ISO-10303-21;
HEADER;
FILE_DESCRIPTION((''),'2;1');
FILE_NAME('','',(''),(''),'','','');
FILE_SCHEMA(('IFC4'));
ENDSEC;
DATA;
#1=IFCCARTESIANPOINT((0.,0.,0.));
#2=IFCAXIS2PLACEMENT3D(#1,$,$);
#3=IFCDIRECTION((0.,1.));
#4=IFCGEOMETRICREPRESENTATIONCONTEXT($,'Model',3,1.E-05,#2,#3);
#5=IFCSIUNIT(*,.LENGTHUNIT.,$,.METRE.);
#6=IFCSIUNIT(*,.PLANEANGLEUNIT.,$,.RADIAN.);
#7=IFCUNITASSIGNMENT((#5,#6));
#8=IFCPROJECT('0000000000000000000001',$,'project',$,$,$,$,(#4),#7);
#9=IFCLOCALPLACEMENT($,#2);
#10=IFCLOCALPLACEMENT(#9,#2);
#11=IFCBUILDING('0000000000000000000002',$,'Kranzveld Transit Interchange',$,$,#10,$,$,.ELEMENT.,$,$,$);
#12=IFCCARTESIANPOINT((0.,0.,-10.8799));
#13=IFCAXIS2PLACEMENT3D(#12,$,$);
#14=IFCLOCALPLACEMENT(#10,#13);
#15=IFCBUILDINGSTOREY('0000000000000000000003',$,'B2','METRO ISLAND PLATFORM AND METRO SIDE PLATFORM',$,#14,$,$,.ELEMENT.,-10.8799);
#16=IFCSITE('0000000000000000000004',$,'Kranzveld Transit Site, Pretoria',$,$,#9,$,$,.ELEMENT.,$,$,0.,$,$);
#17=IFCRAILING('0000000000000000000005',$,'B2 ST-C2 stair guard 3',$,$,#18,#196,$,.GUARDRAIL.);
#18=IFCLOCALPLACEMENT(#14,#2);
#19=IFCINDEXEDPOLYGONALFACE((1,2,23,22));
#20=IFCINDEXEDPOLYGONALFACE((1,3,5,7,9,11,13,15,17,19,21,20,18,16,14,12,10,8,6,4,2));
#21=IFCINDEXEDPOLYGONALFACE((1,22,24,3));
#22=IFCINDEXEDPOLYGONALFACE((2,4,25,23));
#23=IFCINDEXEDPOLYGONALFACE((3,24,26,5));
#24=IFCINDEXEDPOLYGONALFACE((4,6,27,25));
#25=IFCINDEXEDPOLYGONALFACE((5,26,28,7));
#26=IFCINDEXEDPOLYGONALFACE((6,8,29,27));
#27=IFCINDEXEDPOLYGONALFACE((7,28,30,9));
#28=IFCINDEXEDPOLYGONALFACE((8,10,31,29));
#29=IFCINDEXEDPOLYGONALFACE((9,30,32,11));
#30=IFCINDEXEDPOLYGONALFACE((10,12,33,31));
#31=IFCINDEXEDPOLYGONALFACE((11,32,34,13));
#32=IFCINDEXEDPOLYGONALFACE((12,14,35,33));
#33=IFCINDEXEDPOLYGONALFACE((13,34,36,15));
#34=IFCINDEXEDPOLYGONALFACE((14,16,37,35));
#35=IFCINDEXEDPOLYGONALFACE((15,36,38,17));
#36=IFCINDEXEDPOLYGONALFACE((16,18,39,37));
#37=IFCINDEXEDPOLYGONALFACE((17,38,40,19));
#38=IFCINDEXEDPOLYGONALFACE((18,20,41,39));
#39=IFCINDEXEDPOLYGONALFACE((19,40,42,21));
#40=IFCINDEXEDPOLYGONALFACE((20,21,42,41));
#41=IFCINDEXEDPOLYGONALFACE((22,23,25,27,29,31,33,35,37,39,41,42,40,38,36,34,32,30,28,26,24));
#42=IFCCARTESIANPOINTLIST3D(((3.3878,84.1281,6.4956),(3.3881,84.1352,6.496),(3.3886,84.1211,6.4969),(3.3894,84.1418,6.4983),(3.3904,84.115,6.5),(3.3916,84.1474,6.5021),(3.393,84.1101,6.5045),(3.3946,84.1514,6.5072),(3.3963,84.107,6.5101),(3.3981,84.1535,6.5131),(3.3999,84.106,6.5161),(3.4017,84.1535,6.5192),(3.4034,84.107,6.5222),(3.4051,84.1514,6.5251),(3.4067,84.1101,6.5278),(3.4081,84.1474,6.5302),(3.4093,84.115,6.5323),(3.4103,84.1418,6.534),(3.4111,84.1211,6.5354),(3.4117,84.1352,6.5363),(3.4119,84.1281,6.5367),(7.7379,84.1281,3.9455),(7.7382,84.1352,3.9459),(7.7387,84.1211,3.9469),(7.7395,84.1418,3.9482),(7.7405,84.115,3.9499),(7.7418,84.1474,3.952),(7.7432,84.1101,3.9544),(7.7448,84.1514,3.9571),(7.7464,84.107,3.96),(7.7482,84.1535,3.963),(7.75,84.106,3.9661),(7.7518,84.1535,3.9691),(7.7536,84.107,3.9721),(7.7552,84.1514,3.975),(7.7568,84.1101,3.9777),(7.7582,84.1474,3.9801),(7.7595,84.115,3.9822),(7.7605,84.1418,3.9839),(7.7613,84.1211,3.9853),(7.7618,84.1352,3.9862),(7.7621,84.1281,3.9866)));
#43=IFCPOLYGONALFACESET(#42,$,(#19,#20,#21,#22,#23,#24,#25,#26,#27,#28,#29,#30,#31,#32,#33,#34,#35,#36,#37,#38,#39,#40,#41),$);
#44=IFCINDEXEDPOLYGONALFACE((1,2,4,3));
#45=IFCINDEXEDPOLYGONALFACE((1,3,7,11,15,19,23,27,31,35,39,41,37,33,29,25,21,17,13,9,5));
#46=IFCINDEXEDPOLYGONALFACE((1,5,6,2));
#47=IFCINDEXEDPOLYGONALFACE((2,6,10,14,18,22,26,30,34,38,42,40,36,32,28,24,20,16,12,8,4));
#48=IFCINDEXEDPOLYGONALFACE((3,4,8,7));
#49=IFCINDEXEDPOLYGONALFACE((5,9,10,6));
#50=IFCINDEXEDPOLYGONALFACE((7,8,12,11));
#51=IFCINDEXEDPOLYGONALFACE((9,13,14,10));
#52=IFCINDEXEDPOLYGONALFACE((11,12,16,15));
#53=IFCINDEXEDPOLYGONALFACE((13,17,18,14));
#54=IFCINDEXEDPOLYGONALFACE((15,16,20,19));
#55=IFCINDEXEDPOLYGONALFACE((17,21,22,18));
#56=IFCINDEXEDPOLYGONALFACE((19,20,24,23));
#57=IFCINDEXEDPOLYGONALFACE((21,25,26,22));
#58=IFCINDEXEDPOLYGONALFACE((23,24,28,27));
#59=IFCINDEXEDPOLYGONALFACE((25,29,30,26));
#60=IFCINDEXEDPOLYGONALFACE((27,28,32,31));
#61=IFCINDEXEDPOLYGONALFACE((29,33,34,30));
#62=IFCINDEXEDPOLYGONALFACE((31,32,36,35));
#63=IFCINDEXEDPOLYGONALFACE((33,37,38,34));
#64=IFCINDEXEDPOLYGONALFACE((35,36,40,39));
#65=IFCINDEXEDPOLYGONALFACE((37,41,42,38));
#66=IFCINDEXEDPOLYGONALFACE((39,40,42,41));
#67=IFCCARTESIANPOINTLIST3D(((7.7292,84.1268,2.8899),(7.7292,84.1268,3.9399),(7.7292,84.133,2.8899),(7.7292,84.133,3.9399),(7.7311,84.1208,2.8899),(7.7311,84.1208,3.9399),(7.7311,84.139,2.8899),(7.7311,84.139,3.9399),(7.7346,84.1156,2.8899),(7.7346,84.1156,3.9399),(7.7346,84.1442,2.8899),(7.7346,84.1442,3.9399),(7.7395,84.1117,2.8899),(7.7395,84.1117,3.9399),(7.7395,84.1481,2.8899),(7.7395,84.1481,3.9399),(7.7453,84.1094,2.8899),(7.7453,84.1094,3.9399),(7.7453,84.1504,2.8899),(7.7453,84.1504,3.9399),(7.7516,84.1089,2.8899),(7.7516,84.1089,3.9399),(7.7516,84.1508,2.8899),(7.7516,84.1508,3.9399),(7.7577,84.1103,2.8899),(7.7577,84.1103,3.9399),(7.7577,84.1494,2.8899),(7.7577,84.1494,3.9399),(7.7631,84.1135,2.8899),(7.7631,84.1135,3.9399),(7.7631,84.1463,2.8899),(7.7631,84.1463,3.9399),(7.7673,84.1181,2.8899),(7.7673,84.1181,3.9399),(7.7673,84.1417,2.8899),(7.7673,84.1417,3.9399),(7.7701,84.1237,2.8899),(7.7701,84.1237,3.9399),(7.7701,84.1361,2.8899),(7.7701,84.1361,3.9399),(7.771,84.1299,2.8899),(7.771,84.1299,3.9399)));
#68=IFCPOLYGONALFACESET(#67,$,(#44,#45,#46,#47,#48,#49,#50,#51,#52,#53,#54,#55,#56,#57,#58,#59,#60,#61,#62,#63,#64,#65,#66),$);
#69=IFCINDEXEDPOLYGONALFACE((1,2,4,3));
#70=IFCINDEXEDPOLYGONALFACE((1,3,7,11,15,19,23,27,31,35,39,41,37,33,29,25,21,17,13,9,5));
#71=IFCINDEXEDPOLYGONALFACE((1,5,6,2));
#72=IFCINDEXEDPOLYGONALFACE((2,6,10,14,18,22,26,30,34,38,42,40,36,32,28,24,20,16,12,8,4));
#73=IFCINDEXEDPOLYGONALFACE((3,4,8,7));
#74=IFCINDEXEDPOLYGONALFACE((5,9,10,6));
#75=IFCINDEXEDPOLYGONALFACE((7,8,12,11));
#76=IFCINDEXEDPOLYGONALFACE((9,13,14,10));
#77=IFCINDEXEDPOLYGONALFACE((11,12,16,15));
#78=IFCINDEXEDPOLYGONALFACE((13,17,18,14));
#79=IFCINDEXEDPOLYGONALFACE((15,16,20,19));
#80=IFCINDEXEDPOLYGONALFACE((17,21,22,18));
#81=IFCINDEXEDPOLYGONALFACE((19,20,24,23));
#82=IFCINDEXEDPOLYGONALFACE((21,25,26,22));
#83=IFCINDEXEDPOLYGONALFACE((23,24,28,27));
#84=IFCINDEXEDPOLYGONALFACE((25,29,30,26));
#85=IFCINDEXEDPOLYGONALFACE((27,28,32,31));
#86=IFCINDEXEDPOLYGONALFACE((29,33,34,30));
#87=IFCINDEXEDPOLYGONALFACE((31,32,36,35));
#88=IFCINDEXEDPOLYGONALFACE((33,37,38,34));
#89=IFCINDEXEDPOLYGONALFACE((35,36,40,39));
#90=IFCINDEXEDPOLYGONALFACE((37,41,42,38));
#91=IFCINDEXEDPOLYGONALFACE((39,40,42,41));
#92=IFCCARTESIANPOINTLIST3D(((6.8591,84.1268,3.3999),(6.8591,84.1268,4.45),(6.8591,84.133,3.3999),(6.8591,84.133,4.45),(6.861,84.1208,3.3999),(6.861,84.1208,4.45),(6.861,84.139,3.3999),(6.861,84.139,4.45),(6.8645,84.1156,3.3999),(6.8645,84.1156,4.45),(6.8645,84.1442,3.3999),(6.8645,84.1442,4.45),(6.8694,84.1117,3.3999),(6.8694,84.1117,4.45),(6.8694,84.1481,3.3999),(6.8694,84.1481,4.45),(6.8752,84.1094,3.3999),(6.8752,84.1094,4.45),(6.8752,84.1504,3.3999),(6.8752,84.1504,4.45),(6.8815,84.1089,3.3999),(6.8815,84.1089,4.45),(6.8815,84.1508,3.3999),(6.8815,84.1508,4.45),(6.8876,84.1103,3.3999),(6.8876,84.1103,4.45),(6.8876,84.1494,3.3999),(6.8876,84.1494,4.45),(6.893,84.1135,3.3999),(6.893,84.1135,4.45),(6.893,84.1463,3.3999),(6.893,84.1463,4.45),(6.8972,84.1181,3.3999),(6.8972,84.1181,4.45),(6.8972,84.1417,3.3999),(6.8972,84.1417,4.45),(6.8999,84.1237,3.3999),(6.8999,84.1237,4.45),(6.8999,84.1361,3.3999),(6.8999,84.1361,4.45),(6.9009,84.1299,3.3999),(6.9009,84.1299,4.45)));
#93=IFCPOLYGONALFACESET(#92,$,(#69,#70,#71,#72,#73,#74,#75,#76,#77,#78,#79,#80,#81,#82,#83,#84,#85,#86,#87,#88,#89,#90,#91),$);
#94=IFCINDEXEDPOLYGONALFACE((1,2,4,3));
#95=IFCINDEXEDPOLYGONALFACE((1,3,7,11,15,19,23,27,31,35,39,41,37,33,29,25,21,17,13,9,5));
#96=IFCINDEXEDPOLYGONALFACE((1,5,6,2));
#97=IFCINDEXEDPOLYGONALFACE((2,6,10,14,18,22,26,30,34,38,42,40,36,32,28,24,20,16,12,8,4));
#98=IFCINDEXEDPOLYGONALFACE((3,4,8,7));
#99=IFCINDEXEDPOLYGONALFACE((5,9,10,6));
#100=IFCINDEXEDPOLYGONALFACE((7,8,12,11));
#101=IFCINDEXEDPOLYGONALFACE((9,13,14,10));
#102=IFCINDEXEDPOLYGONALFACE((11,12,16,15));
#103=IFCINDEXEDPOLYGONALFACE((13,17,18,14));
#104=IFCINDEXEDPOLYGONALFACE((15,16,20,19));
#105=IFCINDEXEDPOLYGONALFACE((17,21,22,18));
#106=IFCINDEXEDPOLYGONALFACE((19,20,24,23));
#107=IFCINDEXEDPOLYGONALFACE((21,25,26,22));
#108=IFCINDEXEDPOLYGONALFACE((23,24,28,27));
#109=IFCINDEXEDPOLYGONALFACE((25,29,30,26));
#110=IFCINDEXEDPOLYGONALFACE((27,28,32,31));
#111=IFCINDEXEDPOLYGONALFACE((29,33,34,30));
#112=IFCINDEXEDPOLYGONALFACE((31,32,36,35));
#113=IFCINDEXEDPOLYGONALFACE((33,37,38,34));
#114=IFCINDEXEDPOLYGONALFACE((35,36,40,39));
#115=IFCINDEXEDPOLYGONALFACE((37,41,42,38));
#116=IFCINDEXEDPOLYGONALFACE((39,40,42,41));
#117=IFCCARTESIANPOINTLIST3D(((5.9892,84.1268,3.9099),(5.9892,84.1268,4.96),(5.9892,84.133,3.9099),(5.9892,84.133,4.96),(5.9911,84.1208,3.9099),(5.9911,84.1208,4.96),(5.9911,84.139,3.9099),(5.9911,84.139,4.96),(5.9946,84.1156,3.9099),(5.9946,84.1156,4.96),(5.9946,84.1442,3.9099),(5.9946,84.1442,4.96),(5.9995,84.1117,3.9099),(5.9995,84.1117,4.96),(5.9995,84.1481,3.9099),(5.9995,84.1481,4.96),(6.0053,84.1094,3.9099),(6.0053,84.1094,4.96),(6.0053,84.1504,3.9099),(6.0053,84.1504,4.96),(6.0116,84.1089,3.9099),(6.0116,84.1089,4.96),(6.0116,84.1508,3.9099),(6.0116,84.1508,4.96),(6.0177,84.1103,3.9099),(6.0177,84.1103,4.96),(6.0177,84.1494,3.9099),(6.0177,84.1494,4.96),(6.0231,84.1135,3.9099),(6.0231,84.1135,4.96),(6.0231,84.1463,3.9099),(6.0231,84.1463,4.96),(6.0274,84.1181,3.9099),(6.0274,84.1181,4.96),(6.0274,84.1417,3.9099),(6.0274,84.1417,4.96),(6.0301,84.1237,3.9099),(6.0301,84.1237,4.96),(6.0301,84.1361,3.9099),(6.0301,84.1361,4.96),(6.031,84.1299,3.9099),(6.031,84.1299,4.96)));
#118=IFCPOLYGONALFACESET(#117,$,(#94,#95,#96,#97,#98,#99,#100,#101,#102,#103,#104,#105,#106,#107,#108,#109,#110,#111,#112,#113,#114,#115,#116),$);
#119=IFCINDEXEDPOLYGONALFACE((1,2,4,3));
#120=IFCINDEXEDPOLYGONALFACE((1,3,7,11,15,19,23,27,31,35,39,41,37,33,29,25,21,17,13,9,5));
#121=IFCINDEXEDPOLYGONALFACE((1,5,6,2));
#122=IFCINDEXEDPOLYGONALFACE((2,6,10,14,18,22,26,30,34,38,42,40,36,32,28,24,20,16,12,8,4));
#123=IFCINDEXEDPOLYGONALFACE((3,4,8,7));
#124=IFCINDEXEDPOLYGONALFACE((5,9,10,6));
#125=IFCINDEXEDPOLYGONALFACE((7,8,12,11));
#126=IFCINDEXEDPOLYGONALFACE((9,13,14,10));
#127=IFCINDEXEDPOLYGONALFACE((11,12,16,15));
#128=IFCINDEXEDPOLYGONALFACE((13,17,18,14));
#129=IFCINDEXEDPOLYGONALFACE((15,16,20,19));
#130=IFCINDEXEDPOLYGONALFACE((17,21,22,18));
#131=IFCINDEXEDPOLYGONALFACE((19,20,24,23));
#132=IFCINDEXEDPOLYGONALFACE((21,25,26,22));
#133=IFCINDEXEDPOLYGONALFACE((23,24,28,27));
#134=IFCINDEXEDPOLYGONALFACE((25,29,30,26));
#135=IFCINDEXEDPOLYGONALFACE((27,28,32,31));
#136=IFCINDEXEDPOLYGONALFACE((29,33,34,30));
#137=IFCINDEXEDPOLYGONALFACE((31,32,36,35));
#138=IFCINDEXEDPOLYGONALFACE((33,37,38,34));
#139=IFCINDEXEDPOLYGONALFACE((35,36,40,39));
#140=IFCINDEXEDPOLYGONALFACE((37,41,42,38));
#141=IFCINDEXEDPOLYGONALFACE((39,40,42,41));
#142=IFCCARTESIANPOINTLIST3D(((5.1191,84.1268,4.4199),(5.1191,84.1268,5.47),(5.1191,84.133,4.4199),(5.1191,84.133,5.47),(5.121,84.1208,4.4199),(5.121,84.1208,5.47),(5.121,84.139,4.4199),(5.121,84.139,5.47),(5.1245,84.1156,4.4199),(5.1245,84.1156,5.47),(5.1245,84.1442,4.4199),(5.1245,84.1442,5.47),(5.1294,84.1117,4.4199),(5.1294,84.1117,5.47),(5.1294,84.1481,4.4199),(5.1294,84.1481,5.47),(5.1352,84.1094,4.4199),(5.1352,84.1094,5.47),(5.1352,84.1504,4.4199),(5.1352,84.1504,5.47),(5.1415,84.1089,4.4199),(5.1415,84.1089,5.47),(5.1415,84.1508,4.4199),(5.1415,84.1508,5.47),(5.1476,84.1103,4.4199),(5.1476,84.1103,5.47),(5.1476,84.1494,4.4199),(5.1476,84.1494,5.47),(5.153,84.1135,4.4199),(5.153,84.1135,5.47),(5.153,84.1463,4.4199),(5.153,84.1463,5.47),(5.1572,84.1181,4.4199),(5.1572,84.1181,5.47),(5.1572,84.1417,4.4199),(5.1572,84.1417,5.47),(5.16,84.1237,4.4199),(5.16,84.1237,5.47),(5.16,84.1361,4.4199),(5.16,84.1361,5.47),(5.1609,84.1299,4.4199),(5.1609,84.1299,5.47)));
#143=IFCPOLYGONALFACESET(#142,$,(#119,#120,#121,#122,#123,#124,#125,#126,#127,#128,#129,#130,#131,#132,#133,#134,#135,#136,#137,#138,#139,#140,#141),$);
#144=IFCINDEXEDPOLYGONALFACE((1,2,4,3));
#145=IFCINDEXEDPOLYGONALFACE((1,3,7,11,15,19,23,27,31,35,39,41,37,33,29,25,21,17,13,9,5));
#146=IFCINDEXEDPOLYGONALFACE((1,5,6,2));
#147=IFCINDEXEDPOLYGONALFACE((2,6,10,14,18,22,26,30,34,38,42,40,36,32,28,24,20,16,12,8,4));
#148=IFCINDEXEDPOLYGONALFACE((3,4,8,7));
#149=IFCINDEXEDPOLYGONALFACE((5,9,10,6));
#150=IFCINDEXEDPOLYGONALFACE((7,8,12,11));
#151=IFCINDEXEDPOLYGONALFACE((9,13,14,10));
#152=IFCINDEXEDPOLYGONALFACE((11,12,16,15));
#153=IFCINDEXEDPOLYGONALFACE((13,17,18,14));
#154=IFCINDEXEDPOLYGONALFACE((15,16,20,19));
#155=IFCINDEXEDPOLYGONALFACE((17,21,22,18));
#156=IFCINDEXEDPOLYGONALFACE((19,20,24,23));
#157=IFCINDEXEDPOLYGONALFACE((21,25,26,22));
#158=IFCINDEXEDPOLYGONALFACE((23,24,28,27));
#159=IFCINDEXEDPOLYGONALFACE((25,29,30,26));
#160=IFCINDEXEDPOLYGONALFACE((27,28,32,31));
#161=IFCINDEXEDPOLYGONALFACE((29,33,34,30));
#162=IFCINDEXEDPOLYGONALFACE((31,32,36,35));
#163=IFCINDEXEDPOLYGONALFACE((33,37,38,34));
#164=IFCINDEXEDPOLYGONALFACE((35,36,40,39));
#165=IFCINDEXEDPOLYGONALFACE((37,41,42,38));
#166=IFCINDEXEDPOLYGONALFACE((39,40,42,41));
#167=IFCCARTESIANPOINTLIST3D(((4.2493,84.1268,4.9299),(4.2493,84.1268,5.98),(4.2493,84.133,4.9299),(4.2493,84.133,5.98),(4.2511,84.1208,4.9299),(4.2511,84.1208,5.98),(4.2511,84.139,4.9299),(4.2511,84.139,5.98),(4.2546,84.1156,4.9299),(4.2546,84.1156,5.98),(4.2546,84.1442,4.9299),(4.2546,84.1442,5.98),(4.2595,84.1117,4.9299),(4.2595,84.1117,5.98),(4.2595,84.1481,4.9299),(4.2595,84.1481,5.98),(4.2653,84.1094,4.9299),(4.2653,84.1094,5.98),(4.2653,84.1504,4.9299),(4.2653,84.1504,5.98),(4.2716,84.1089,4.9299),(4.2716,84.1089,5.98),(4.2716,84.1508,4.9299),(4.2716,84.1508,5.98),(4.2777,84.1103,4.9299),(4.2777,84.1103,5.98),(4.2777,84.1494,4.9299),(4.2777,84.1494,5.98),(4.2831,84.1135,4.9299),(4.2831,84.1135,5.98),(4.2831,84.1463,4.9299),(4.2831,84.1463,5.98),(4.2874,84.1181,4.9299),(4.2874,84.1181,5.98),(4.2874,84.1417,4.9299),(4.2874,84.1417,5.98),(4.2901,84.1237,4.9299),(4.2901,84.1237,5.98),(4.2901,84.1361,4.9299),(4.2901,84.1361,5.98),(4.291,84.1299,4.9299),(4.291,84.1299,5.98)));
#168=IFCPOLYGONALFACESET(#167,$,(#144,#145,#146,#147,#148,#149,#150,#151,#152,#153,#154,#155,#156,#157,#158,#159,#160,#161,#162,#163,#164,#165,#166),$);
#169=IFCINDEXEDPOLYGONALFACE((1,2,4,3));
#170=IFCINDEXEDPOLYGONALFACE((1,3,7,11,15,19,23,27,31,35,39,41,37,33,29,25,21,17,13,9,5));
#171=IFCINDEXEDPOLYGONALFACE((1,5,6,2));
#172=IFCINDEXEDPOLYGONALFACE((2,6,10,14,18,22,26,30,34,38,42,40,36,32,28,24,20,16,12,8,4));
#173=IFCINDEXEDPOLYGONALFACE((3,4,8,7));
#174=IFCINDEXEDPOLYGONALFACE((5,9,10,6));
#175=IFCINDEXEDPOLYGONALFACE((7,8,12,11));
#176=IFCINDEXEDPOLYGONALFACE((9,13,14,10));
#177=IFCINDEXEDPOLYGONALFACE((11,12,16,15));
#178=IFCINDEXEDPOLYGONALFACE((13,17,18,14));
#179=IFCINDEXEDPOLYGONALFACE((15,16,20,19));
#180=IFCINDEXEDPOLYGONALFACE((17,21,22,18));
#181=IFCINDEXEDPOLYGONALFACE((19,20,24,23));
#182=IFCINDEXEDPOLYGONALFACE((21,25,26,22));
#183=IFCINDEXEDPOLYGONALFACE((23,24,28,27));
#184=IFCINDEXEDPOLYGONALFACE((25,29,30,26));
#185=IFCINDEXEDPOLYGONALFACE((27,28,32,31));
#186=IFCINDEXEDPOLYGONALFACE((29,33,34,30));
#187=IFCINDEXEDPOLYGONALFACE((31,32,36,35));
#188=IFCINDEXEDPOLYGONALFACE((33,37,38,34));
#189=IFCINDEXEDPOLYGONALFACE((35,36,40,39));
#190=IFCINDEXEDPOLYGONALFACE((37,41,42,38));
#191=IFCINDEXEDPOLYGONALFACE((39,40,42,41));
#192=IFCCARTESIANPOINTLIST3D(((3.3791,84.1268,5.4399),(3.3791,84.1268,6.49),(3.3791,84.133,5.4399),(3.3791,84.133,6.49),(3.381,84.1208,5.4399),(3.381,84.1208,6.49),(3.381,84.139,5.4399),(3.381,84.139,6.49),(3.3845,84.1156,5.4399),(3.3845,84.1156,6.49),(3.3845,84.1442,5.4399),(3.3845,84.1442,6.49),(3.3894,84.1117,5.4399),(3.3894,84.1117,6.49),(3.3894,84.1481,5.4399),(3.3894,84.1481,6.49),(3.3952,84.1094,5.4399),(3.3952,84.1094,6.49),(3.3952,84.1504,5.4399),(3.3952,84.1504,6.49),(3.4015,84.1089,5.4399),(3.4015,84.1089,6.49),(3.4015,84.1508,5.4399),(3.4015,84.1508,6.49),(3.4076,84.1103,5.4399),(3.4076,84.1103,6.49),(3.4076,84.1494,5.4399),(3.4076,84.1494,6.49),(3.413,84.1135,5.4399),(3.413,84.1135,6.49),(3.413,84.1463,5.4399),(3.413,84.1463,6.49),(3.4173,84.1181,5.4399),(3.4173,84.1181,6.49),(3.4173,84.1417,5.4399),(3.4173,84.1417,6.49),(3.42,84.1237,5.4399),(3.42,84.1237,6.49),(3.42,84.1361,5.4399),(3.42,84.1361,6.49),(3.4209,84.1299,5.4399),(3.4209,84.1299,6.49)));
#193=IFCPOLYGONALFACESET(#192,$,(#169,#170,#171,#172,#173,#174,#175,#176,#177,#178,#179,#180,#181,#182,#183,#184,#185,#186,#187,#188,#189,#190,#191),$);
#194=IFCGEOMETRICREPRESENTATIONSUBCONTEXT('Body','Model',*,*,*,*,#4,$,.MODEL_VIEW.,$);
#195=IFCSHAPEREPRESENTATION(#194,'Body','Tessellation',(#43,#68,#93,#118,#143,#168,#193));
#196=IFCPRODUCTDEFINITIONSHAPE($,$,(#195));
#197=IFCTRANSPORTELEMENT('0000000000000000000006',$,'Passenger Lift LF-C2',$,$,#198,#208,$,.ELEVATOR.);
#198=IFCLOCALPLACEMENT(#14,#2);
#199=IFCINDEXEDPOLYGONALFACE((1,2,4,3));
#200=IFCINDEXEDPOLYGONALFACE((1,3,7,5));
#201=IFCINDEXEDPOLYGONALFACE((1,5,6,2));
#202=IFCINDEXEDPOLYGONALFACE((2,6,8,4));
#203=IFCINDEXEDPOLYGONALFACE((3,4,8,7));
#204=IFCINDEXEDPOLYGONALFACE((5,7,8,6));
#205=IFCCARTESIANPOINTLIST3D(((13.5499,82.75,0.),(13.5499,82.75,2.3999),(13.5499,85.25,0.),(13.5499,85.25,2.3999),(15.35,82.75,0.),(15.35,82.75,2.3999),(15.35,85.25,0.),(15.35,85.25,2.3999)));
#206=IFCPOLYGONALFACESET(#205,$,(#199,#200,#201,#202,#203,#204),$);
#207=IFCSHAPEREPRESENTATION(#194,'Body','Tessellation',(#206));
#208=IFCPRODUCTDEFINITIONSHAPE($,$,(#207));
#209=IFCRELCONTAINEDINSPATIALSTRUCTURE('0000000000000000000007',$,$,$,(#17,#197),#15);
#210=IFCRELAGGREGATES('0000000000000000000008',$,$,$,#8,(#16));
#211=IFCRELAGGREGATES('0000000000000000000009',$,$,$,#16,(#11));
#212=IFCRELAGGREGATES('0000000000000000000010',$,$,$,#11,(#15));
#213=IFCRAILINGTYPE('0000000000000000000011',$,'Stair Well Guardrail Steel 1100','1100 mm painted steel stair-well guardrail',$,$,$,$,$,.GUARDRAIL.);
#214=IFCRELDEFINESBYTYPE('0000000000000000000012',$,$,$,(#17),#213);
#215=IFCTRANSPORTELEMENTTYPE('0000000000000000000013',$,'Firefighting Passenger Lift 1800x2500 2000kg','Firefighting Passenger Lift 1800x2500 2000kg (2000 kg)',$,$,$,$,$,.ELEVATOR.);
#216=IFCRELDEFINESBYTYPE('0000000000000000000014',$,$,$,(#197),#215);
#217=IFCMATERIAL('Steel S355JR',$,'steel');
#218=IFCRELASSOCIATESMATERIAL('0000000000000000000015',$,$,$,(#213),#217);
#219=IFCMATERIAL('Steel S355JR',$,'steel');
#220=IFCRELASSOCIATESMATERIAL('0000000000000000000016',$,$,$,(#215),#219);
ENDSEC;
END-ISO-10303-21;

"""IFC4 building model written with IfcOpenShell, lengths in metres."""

from ifc_helpers import new_model, si_unit, direction, frame, origin, origin_2d, place, context, subcontext, project, spatial, rectangle, circle, extrude, material, type_object, element, save


model = new_model("IFC4")

# Units and contexts
model_context = context("Model", 3, precision=1e-05, world=origin(), true_north=direction((0.0, 1.0)))
body_context = subcontext(model_context, "Body", "Model", "MODEL_VIEW")
ifc_project = project(units=[si_unit("LENGTHUNIT", "METRE"), si_unit("PLANEANGLEUNIT", "RADIAN")], contexts=[model_context])

# Site, building, storey
site_placement = place(None, origin())
site = spatial("IfcSite", under=ifc_project, at=site_placement, Name="Kranzveld Transit Site, Pretoria", CompositionType="ELEMENT", RefElevation=0.0)
building_placement = place(site_placement, origin())
building = spatial("IfcBuilding", under=site, at=building_placement, Name="Kranzveld Transit Interchange", CompositionType="ELEMENT")
storey_placement = place(building_placement, frame((0.0, 0.0, -10.8799)))
storey = spatial("IfcBuildingStorey", under=building, at=storey_placement, Name="B2", Description="METRO ISLAND PLATFORM AND METRO SIDE PLATFORM", CompositionType="ELEMENT", Elevation=-10.8799)

# Railing
ifc_material_1 = material(Name="Steel S355JR", Category="steel")
railing_type_1 = type_object("IfcRailingType", Name="Stair Well Guardrail Steel 1100", Description="1100 mm painted steel stair-well guardrail", PredefinedType="GUARDRAIL", material=ifc_material_1)
railing_1_placement = place(storey_placement, frame((7.75, 84.1299, 2.8899)))
element("IfcRailing", 1, at=railing_1_placement, inside=storey, type_object=railing_type_1, Name="B2 ST-C2 stair guard 3", PredefinedType="GUARDRAIL", context=body_context, shape_type="SweptSolid", body=[
    extrude(circle(Radius=0.0239, at=origin_2d()), frame((0.0, 0.0, 1.0762), z_axis=(-0.862699, 0.0, 0.505718), x_axis=(0.0, -1.0, 0.0)), (0.0, 0.0, 1.0), 5.0425),
    extrude(circle(Radius=0.021, at=origin_2d()), origin(), (0.0, 0.0, 1.0), 1.05),
    extrude(circle(Radius=0.021, at=origin_2d()), frame((-0.8701, 0.0, 0.51)), (0.0, 0.0, 1.0), 1.05),
    extrude(circle(Radius=0.021, at=origin_2d()), frame((-1.74, 0.0, 1.02)), (0.0, 0.0, 1.0), 1.05),
    extrude(circle(Radius=0.021, at=origin_2d()), frame((-2.6101, 0.0, 1.53)), (0.0, 0.0, 1.0), 1.05),
    extrude(circle(Radius=0.021, at=origin_2d()), frame((-3.48, 0.0, 2.04)), (0.0, 0.0, 1.0), 1.05),
    extrude(circle(Radius=0.021, at=origin_2d()), frame((-4.3501, 0.0, 2.55)), (0.0, 0.0, 1.0), 1.05),
])

# Transport element
ifc_material_2 = material(Name="Steel S355JR", Category="steel")
transport_element_type = type_object("IfcTransportElementType", Name="Firefighting Passenger Lift 1800x2500 2000kg", Description="Firefighting Passenger Lift 1800x2500 2000kg (2000 kg)", PredefinedType="ELEVATOR", material=ifc_material_2)
transport_element_placement = place(storey_placement, frame((14.45, 84.0, 0.0), z_axis=(0.0, 0.0, 1.0), x_axis=(1.0, 0.0, 0.0)))
element("IfcTransportElement", 2, at=transport_element_placement, inside=storey, type_object=transport_element_type, Name="Passenger Lift LF-C2", PredefinedType="ELEVATOR", context=body_context, shape_type="SweptSolid", body=[
    extrude(rectangle(XDim=1.8, YDim=2.5, at=origin_2d()), origin(), (0.0, 0.0, 1.0), 2.3999),
])

save(model, "model.ifc")
